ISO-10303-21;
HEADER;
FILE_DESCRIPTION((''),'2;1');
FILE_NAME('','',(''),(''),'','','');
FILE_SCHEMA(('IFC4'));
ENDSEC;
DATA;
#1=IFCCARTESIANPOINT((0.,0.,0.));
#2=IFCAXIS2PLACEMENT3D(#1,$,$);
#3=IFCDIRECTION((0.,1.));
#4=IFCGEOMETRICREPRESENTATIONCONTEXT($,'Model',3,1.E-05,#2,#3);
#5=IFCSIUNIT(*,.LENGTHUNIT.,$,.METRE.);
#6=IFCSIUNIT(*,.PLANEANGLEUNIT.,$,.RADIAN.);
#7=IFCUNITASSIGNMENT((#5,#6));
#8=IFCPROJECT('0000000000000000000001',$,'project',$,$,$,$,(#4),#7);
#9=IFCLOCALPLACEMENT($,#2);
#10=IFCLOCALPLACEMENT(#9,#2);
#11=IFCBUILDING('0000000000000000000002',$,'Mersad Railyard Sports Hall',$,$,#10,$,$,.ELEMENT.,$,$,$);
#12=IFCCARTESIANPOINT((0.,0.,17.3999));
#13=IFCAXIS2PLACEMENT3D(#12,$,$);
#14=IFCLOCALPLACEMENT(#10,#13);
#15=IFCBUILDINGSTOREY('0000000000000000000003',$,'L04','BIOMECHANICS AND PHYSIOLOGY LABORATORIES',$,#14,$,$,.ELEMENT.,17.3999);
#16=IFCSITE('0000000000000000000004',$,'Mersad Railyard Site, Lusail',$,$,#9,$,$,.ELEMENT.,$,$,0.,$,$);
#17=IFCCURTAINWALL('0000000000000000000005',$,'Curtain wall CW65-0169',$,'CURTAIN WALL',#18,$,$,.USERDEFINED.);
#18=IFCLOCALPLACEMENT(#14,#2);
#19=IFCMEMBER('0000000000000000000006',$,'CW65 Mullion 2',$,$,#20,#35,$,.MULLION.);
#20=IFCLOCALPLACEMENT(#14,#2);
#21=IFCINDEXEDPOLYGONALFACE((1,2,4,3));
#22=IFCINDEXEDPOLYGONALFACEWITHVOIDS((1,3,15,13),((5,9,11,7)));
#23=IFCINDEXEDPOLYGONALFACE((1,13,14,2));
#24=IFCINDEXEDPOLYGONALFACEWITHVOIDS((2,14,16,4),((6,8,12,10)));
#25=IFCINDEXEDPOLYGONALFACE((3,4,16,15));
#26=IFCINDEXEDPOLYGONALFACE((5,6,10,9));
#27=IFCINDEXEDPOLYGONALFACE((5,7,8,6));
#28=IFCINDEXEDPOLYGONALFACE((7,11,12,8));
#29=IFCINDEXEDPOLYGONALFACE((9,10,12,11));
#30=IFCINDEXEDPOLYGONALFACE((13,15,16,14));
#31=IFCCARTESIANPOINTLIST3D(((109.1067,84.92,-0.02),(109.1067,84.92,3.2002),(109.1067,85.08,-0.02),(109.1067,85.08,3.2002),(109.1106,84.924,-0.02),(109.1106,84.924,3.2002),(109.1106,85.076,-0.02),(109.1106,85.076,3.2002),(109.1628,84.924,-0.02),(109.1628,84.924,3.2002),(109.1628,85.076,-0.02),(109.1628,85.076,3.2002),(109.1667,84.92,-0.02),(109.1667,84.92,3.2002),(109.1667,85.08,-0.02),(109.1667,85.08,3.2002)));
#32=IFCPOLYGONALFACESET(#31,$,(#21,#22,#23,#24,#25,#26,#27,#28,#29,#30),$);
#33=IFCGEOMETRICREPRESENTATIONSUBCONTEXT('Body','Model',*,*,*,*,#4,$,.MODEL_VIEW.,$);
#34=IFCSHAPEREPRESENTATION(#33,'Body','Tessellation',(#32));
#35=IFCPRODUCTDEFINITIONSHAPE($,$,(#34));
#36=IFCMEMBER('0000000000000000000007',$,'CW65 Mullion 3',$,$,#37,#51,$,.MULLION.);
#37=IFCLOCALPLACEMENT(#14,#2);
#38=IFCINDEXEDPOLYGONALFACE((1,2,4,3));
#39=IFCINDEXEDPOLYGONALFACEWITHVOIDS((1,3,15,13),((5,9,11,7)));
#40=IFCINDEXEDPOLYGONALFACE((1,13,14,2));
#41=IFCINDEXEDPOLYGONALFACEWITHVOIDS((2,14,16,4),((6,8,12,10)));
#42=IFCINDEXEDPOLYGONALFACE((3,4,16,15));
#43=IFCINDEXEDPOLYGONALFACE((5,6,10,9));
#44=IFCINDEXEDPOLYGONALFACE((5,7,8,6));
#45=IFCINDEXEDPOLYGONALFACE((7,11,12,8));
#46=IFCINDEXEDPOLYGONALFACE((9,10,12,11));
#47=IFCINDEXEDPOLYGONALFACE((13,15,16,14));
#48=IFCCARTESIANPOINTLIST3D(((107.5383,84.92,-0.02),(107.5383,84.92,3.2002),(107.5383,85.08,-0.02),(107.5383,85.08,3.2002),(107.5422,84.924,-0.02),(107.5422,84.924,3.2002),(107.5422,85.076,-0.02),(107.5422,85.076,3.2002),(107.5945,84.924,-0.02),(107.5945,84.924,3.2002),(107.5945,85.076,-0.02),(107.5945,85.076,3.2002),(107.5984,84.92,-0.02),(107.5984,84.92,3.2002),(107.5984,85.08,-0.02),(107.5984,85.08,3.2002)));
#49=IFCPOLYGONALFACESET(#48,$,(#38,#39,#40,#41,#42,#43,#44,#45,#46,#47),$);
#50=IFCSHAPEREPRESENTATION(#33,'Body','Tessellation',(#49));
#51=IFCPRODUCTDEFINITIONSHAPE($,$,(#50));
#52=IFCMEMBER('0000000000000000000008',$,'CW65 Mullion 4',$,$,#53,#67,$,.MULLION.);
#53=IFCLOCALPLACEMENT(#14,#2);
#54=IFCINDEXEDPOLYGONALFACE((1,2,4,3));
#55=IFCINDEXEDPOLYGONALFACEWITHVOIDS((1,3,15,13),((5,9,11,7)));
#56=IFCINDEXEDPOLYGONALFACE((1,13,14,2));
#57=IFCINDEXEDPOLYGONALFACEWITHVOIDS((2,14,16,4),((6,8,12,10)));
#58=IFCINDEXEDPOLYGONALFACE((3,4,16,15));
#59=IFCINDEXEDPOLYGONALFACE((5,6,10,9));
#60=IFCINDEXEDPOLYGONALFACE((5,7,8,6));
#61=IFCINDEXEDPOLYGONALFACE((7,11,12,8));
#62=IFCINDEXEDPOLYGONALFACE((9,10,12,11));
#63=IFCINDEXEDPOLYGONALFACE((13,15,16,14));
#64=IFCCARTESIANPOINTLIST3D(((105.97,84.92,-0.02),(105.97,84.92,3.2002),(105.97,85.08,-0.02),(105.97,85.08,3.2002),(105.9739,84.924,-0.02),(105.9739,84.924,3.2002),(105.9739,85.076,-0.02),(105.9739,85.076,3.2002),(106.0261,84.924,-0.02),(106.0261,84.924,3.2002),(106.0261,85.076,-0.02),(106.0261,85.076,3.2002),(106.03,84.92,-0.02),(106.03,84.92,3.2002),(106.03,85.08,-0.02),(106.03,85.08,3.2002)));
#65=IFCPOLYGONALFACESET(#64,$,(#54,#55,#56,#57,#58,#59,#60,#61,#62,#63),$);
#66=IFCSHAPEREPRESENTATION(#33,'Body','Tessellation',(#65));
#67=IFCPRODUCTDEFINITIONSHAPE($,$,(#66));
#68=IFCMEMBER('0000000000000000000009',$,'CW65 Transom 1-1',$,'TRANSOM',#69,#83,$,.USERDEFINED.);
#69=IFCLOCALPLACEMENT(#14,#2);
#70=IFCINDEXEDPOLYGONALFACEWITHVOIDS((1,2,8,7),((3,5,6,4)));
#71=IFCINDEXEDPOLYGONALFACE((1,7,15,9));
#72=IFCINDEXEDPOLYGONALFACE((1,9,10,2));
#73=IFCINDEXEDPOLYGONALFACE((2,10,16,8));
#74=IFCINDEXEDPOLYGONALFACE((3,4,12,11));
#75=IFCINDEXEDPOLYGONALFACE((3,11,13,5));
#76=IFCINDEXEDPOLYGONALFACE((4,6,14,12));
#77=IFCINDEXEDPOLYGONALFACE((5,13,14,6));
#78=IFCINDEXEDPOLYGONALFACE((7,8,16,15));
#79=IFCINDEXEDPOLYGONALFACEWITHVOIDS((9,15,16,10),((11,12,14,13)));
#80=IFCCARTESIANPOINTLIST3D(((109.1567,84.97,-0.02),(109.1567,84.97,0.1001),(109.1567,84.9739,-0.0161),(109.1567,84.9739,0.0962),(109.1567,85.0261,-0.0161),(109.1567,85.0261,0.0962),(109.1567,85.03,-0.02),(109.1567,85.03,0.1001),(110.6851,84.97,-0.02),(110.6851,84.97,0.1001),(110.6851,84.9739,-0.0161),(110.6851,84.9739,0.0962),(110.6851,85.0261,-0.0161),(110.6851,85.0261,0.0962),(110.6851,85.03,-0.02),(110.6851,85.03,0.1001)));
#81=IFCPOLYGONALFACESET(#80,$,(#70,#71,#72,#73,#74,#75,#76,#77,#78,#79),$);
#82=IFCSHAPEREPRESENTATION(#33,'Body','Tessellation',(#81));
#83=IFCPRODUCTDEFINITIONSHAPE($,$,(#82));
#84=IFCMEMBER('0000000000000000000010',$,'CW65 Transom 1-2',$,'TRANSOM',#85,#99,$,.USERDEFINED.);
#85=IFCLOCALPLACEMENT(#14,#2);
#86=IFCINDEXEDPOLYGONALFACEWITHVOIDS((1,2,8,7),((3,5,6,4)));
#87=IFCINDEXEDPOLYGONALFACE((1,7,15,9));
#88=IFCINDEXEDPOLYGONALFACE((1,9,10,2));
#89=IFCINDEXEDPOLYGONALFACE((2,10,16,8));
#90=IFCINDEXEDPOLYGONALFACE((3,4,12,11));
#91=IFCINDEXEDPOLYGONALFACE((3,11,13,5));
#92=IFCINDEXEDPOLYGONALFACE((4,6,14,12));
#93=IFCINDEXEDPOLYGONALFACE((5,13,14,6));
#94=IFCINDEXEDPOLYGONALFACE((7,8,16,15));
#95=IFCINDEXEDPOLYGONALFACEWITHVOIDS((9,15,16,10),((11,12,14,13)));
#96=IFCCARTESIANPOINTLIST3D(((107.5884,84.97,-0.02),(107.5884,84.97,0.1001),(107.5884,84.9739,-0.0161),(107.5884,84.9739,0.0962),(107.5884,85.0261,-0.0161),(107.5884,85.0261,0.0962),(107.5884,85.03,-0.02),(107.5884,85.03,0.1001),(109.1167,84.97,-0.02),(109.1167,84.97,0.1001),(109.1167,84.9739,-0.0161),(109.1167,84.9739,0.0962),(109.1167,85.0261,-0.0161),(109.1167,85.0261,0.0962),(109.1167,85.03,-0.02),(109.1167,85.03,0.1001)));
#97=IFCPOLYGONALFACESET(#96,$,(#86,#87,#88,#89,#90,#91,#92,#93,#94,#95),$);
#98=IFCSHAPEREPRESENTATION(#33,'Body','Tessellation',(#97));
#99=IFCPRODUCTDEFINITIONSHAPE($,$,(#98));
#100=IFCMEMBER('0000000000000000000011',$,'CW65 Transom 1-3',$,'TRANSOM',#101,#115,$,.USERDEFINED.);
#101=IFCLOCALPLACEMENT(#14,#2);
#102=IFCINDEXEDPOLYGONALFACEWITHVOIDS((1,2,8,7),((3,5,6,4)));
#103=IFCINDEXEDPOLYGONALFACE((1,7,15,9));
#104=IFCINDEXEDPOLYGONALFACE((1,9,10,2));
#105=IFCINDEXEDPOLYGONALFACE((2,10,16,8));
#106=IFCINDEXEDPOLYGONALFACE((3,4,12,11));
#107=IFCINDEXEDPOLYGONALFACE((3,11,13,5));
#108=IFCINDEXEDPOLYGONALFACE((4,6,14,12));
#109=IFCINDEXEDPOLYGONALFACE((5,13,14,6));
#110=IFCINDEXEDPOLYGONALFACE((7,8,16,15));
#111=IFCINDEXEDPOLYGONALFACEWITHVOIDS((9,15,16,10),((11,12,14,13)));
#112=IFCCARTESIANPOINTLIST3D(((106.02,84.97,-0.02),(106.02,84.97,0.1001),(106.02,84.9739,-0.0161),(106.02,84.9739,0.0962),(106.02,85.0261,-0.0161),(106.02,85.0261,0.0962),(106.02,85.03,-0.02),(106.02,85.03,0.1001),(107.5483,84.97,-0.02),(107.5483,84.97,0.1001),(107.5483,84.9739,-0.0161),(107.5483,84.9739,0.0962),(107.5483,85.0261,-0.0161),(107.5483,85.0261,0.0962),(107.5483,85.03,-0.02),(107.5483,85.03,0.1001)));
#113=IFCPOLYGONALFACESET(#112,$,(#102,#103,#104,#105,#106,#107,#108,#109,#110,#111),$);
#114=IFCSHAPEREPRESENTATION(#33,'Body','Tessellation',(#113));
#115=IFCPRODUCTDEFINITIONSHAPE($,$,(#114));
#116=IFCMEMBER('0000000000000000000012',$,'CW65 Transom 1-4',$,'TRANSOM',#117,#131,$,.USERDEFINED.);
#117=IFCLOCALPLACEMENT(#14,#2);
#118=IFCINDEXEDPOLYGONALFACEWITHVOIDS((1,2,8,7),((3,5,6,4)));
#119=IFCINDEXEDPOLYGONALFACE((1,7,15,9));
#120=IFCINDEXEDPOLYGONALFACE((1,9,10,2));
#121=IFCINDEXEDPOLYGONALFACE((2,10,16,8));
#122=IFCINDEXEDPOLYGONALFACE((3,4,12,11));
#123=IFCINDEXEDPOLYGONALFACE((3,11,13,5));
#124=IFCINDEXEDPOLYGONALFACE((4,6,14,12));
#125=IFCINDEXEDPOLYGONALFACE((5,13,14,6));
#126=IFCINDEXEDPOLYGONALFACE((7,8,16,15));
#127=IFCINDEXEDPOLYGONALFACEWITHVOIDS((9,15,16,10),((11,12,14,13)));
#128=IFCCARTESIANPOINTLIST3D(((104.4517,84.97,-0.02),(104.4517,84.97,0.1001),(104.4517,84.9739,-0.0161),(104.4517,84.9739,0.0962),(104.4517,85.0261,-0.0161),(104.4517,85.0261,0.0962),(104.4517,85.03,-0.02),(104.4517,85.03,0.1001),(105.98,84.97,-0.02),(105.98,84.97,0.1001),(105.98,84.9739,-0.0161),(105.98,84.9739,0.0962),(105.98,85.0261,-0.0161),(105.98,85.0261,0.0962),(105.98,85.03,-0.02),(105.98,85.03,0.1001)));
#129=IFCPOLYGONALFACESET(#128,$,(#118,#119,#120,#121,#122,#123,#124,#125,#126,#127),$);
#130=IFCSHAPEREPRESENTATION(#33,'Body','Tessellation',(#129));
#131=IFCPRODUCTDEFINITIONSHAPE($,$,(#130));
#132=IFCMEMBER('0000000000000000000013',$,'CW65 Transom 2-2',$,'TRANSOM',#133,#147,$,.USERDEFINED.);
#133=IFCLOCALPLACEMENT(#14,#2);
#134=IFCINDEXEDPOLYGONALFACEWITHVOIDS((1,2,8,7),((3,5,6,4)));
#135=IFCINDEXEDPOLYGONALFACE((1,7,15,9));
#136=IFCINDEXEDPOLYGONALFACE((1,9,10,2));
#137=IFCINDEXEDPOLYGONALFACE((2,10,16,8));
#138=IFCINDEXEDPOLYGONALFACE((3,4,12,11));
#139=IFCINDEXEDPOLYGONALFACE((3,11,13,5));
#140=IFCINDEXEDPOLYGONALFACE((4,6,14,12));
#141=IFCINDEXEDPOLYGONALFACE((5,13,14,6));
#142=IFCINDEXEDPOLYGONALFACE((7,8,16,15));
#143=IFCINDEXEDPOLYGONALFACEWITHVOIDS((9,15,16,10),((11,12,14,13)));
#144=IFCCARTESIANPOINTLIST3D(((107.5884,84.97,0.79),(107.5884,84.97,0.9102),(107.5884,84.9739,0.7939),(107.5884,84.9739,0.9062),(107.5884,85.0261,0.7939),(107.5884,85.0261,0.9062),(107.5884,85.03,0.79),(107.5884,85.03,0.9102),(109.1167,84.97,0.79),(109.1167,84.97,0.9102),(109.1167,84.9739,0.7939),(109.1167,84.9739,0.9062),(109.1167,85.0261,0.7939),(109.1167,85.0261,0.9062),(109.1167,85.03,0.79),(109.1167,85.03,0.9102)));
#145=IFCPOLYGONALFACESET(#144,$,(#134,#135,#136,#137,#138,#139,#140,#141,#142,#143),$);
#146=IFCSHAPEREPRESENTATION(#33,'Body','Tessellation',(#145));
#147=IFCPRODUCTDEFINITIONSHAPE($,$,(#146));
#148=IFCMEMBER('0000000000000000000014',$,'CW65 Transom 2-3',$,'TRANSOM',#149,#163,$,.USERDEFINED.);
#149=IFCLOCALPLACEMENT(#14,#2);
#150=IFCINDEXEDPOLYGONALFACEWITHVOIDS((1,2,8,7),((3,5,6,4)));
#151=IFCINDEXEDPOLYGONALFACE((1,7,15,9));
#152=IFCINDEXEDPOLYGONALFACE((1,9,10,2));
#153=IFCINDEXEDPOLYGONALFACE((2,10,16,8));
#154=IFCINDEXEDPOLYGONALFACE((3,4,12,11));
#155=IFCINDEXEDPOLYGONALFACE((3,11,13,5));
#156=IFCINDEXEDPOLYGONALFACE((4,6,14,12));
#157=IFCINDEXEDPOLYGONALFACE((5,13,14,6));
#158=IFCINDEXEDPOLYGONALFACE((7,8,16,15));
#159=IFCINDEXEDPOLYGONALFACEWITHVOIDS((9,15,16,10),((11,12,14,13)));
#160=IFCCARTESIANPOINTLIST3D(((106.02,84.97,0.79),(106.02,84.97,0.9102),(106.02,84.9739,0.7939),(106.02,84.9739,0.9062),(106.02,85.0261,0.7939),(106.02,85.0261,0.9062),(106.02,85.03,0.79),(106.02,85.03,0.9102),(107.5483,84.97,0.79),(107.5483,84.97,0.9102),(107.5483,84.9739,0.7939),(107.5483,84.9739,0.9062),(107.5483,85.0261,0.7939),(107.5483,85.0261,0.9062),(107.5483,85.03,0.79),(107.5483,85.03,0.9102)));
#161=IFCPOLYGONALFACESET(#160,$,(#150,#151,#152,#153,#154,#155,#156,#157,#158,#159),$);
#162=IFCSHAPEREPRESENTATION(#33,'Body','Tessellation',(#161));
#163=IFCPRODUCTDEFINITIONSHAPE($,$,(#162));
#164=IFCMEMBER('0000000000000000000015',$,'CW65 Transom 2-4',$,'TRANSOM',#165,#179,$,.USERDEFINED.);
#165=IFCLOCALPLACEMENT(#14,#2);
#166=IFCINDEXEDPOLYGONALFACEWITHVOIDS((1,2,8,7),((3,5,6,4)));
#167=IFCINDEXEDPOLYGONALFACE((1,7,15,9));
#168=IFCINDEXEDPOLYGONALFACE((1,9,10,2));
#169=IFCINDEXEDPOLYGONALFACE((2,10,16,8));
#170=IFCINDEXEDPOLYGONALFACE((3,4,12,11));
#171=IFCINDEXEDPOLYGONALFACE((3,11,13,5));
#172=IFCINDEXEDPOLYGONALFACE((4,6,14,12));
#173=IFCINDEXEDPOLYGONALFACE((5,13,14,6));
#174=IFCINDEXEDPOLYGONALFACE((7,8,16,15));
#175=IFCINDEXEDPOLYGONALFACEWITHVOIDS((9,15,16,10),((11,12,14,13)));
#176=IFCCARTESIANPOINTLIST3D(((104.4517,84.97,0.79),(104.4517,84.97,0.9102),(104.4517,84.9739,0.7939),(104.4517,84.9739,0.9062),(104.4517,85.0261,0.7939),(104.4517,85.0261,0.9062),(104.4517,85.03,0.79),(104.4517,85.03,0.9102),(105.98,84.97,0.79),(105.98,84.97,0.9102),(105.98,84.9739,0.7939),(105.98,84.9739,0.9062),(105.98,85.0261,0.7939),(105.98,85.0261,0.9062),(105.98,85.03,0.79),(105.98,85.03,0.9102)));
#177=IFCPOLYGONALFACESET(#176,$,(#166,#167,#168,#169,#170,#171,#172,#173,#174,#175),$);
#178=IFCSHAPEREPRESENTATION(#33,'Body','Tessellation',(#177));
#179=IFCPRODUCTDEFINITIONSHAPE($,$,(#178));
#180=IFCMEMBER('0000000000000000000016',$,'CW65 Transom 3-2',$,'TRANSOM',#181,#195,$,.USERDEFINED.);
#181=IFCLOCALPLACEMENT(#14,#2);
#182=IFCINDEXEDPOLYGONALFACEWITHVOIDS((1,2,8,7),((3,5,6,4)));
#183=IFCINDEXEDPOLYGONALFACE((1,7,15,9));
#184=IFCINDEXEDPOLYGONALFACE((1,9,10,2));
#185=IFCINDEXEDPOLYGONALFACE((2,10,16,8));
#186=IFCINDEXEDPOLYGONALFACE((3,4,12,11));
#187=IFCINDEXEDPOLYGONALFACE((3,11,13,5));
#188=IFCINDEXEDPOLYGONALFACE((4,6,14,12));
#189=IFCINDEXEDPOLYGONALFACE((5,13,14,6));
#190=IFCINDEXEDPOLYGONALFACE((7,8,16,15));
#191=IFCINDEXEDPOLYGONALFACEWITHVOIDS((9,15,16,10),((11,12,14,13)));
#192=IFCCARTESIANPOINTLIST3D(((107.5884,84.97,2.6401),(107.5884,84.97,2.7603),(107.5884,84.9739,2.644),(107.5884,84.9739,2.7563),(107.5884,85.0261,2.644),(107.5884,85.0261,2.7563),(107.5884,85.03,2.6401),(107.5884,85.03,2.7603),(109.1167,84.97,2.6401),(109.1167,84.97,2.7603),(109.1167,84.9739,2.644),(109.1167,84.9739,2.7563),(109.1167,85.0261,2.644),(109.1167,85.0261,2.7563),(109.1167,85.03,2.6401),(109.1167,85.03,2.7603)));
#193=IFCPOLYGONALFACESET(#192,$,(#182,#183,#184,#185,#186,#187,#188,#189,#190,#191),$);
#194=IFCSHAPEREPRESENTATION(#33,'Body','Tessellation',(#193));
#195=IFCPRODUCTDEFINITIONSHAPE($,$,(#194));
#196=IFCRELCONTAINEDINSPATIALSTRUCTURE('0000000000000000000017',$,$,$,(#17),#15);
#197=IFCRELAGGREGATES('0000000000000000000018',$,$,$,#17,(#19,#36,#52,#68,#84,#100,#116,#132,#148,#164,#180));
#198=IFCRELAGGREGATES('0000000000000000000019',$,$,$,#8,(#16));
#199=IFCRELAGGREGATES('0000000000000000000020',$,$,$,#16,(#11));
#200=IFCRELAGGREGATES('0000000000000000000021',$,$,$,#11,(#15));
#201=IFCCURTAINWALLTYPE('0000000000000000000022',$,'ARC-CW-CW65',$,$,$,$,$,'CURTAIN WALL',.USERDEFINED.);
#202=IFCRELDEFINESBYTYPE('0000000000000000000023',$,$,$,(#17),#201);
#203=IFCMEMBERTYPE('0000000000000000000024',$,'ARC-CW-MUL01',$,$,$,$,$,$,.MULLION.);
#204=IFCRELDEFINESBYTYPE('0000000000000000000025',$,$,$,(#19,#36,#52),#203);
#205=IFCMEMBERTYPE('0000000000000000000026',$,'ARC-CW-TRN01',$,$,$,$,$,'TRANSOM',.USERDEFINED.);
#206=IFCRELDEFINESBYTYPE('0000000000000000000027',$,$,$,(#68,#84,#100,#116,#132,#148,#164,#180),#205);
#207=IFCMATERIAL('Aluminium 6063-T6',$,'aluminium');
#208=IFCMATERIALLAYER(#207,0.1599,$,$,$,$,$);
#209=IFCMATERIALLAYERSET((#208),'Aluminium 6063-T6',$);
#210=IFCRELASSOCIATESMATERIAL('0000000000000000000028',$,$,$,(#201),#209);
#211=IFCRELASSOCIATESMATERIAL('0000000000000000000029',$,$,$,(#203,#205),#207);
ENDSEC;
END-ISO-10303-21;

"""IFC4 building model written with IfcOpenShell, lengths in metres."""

from ifc_helpers import new_model, si_unit, direction, frame, origin, origin_2d, place, context, subcontext, project, spatial, hollow_rectangle, extrude, material, layer, layer_set, material_profile, profile_set, type_object, element, aggregate, save


model = new_model("IFC4")

# Units and contexts
model_context = context("Model", 3, precision=1e-05, world=origin(), true_north=direction((0.0, 1.0)))
body_context = subcontext(model_context, "Body", "Model", "MODEL_VIEW")
ifc_project = project(units=[si_unit("LENGTHUNIT", "METRE"), si_unit("PLANEANGLEUNIT", "RADIAN")], contexts=[model_context])

# Site, building, storey
site_placement = place(None, origin())
site = spatial("IfcSite", under=ifc_project, at=site_placement, Name="Mersad Railyard Site, Lusail", CompositionType="ELEMENT", RefElevation=0.0)
building_placement = place(site_placement, origin())
building = spatial("IfcBuilding", under=site, at=building_placement, Name="Mersad Railyard Sports Hall", CompositionType="ELEMENT")
storey_placement = place(building_placement, frame((0.0, 0.0, 17.3999)))
storey = spatial("IfcBuildingStorey", under=building, at=storey_placement, Name="L04", Description="BIOMECHANICS AND PHYSIOLOGY LABORATORIES", CompositionType="ELEMENT", Elevation=17.3999)

# Curtain wall, members
ifc_material_1 = material(Name="Aluminium 6063-T6", Category="aluminium")
ifc_layer_1 = layer(ifc_material_1, 0.1599)
ifc_layer_set_1 = layer_set([ifc_layer_1], Name="Aluminium 6063-T6")
curtain_wall_type = type_object("IfcCurtainWallType", Name="ARC-CW-CW65", ElementType="CURTAIN WALL", PredefinedType="USERDEFINED", material=ifc_layer_set_1)
curtain_wall_placement = place(storey_placement, origin())
curtain_wall = element("IfcCurtainWall", 1, at=curtain_wall_placement, inside=storey, type_object=curtain_wall_type, Name="Curtain wall CW65-0169", ObjectType="CURTAIN WALL", PredefinedType="USERDEFINED")
ifc_material_profile_1 = material_profile(ifc_material_1, hollow_rectangle(XDim=0.0601, YDim=0.1599, WallThickness=0.0039, at=origin_2d()), Name="AL MULLION 60x160x4")
ifc_profile_set_1 = profile_set([ifc_material_profile_1], Name="Aluminium 6063-T6")
member_type_1 = type_object("IfcMemberType", Name="ARC-CW-MUL01", PredefinedType="MULLION", material=ifc_profile_set_1)
member_1_placement = place(storey_placement, frame((109.1367, 85.0, -0.02), z_axis=(0.0, 0.0, 1.0), x_axis=(1.0, 0.0, 0.0)))
member_1 = element("IfcMember", 2, at=member_1_placement, type_object=member_type_1, Name="CW65 Mullion 2", PredefinedType="MULLION", context=body_context, shape_type="SweptSolid", body=[
    extrude(hollow_rectangle(XDim=0.0601, YDim=0.1599, WallThickness=0.0039, at=origin_2d()), origin(), (0.0, 0.0, 1.0), 3.2202),
])
member_2_placement = place(storey_placement, frame((107.5684, 85.0, -0.02), z_axis=(0.0, 0.0, 1.0), x_axis=(1.0, 0.0, 0.0)))
member_2 = element("IfcMember", 3, at=member_2_placement, type_object=member_type_1, Name="CW65 Mullion 3", PredefinedType="MULLION", context=body_context, shape_type="SweptSolid", body=[
    extrude(hollow_rectangle(XDim=0.0601, YDim=0.1599, WallThickness=0.0039, at=origin_2d()), origin(), (0.0, 0.0, 1.0), 3.2202),
])
member_3_placement = place(storey_placement, frame((106.0, 85.0, -0.02), z_axis=(0.0, 0.0, 1.0), x_axis=(1.0, 0.0, 0.0)))
member_3 = element("IfcMember", 4, at=member_3_placement, type_object=member_type_1, Name="CW65 Mullion 4", PredefinedType="MULLION", context=body_context, shape_type="SweptSolid", body=[
    extrude(hollow_rectangle(XDim=0.0601, YDim=0.1599, WallThickness=0.0039, at=origin_2d()), origin(), (0.0, 0.0, 1.0), 3.2202),
])
ifc_material_profile_2 = material_profile(ifc_material_1, hollow_rectangle(XDim=0.0601, YDim=0.1201, WallThickness=0.0039, at=origin_2d()), Name="AL TRANSOM 60x120x4")
ifc_profile_set_2 = profile_set([ifc_material_profile_2], Name="Aluminium 6063-T6")
member_type_2 = type_object("IfcMemberType", Name="ARC-CW-TRN01", ElementType="TRANSOM", PredefinedType="USERDEFINED", material=ifc_profile_set_2)
member_4_placement = place(storey_placement, frame((110.6851, 85.0, 0.04), z_axis=(-1.0, 0.0, 0.0), x_axis=(0.0, -1.0, 0.0)))
member_4 = element("IfcMember", 5, at=member_4_placement, type_object=member_type_2, Name="CW65 Transom 1-1", ObjectType="TRANSOM", PredefinedType="USERDEFINED", context=body_context, shape_type="SweptSolid", body=[
    extrude(hollow_rectangle(XDim=0.0601, YDim=0.1201, WallThickness=0.0039, at=origin_2d()), origin(), (0.0, 0.0, 1.0), 1.5283),
])
member_5_placement = place(storey_placement, frame((109.1167, 85.0, 0.04), z_axis=(-1.0, 0.0, 0.0), x_axis=(0.0, -1.0, 0.0)))
member_5 = element("IfcMember", 6, at=member_5_placement, type_object=member_type_2, Name="CW65 Transom 1-2", ObjectType="TRANSOM", PredefinedType="USERDEFINED", context=body_context, shape_type="SweptSolid", body=[
    extrude(hollow_rectangle(XDim=0.0601, YDim=0.1201, WallThickness=0.0039, at=origin_2d()), origin(), (0.0, 0.0, 1.0), 1.5283),
])
member_6_placement = place(storey_placement, frame((107.5483, 85.0, 0.04), z_axis=(-1.0, 0.0, 0.0), x_axis=(0.0, -1.0, 0.0)))
member_6 = element("IfcMember", 7, at=member_6_placement, type_object=member_type_2, Name="CW65 Transom 1-3", ObjectType="TRANSOM", PredefinedType="USERDEFINED", context=body_context, shape_type="SweptSolid", body=[
    extrude(hollow_rectangle(XDim=0.0601, YDim=0.1201, WallThickness=0.0039, at=origin_2d()), origin(), (0.0, 0.0, 1.0), 1.5283),
])
member_7_placement = place(storey_placement, frame((105.98, 85.0, 0.04), z_axis=(-1.0, 0.0, 0.0), x_axis=(0.0, -1.0, 0.0)))
member_7 = element("IfcMember", 8, at=member_7_placement, type_object=member_type_2, Name="CW65 Transom 1-4", ObjectType="TRANSOM", PredefinedType="USERDEFINED", context=body_context, shape_type="SweptSolid", body=[
    extrude(hollow_rectangle(XDim=0.0601, YDim=0.1201, WallThickness=0.0039, at=origin_2d()), origin(), (0.0, 0.0, 1.0), 1.5283),
])
member_8_placement = place(storey_placement, frame((109.1167, 85.0, 0.8501), z_axis=(-1.0, 0.0, 0.0), x_axis=(0.0, -1.0, 0.0)))
member_8 = element("IfcMember", 9, at=member_8_placement, type_object=member_type_2, Name="CW65 Transom 2-2", ObjectType="TRANSOM", PredefinedType="USERDEFINED", context=body_context, shape_type="SweptSolid", body=[
    extrude(hollow_rectangle(XDim=0.0601, YDim=0.1201, WallThickness=0.0039, at=origin_2d()), origin(), (0.0, 0.0, 1.0), 1.5283),
])
member_9_placement = place(storey_placement, frame((107.5483, 85.0, 0.8501), z_axis=(-1.0, 0.0, 0.0), x_axis=(0.0, -1.0, 0.0)))
member_9 = element("IfcMember", 10, at=member_9_placement, type_object=member_type_2, Name="CW65 Transom 2-3", ObjectType="TRANSOM", PredefinedType="USERDEFINED", context=body_context, shape_type="SweptSolid", body=[
    extrude(hollow_rectangle(XDim=0.0601, YDim=0.1201, WallThickness=0.0039, at=origin_2d()), origin(), (0.0, 0.0, 1.0), 1.5283),
])
member_10_placement = place(storey_placement, frame((105.98, 85.0, 0.8501), z_axis=(-1.0, 0.0, 0.0), x_axis=(0.0, -1.0, 0.0)))
member_10 = element("IfcMember", 11, at=member_10_placement, type_object=member_type_2, Name="CW65 Transom 2-4", ObjectType="TRANSOM", PredefinedType="USERDEFINED", context=body_context, shape_type="SweptSolid", body=[
    extrude(hollow_rectangle(XDim=0.0601, YDim=0.1201, WallThickness=0.0039, at=origin_2d()), origin(), (0.0, 0.0, 1.0), 1.5283),
])
member_11_placement = place(storey_placement, frame((109.1167, 85.0, 2.7002), z_axis=(-1.0, 0.0, 0.0), x_axis=(0.0, -1.0, 0.0)))
member_11 = element("IfcMember", 12, at=member_11_placement, type_object=member_type_2, Name="CW65 Transom 3-2", ObjectType="TRANSOM", PredefinedType="USERDEFINED", context=body_context, shape_type="SweptSolid", body=[
    extrude(hollow_rectangle(XDim=0.0601, YDim=0.1201, WallThickness=0.0039, at=origin_2d()), origin(), (0.0, 0.0, 1.0), 1.5283),
])
aggregate(curtain_wall, [member_1, member_2, member_3, member_4, member_5, member_6, member_7, member_8, member_9, member_10, member_11])

save(model, "model.ifc")
